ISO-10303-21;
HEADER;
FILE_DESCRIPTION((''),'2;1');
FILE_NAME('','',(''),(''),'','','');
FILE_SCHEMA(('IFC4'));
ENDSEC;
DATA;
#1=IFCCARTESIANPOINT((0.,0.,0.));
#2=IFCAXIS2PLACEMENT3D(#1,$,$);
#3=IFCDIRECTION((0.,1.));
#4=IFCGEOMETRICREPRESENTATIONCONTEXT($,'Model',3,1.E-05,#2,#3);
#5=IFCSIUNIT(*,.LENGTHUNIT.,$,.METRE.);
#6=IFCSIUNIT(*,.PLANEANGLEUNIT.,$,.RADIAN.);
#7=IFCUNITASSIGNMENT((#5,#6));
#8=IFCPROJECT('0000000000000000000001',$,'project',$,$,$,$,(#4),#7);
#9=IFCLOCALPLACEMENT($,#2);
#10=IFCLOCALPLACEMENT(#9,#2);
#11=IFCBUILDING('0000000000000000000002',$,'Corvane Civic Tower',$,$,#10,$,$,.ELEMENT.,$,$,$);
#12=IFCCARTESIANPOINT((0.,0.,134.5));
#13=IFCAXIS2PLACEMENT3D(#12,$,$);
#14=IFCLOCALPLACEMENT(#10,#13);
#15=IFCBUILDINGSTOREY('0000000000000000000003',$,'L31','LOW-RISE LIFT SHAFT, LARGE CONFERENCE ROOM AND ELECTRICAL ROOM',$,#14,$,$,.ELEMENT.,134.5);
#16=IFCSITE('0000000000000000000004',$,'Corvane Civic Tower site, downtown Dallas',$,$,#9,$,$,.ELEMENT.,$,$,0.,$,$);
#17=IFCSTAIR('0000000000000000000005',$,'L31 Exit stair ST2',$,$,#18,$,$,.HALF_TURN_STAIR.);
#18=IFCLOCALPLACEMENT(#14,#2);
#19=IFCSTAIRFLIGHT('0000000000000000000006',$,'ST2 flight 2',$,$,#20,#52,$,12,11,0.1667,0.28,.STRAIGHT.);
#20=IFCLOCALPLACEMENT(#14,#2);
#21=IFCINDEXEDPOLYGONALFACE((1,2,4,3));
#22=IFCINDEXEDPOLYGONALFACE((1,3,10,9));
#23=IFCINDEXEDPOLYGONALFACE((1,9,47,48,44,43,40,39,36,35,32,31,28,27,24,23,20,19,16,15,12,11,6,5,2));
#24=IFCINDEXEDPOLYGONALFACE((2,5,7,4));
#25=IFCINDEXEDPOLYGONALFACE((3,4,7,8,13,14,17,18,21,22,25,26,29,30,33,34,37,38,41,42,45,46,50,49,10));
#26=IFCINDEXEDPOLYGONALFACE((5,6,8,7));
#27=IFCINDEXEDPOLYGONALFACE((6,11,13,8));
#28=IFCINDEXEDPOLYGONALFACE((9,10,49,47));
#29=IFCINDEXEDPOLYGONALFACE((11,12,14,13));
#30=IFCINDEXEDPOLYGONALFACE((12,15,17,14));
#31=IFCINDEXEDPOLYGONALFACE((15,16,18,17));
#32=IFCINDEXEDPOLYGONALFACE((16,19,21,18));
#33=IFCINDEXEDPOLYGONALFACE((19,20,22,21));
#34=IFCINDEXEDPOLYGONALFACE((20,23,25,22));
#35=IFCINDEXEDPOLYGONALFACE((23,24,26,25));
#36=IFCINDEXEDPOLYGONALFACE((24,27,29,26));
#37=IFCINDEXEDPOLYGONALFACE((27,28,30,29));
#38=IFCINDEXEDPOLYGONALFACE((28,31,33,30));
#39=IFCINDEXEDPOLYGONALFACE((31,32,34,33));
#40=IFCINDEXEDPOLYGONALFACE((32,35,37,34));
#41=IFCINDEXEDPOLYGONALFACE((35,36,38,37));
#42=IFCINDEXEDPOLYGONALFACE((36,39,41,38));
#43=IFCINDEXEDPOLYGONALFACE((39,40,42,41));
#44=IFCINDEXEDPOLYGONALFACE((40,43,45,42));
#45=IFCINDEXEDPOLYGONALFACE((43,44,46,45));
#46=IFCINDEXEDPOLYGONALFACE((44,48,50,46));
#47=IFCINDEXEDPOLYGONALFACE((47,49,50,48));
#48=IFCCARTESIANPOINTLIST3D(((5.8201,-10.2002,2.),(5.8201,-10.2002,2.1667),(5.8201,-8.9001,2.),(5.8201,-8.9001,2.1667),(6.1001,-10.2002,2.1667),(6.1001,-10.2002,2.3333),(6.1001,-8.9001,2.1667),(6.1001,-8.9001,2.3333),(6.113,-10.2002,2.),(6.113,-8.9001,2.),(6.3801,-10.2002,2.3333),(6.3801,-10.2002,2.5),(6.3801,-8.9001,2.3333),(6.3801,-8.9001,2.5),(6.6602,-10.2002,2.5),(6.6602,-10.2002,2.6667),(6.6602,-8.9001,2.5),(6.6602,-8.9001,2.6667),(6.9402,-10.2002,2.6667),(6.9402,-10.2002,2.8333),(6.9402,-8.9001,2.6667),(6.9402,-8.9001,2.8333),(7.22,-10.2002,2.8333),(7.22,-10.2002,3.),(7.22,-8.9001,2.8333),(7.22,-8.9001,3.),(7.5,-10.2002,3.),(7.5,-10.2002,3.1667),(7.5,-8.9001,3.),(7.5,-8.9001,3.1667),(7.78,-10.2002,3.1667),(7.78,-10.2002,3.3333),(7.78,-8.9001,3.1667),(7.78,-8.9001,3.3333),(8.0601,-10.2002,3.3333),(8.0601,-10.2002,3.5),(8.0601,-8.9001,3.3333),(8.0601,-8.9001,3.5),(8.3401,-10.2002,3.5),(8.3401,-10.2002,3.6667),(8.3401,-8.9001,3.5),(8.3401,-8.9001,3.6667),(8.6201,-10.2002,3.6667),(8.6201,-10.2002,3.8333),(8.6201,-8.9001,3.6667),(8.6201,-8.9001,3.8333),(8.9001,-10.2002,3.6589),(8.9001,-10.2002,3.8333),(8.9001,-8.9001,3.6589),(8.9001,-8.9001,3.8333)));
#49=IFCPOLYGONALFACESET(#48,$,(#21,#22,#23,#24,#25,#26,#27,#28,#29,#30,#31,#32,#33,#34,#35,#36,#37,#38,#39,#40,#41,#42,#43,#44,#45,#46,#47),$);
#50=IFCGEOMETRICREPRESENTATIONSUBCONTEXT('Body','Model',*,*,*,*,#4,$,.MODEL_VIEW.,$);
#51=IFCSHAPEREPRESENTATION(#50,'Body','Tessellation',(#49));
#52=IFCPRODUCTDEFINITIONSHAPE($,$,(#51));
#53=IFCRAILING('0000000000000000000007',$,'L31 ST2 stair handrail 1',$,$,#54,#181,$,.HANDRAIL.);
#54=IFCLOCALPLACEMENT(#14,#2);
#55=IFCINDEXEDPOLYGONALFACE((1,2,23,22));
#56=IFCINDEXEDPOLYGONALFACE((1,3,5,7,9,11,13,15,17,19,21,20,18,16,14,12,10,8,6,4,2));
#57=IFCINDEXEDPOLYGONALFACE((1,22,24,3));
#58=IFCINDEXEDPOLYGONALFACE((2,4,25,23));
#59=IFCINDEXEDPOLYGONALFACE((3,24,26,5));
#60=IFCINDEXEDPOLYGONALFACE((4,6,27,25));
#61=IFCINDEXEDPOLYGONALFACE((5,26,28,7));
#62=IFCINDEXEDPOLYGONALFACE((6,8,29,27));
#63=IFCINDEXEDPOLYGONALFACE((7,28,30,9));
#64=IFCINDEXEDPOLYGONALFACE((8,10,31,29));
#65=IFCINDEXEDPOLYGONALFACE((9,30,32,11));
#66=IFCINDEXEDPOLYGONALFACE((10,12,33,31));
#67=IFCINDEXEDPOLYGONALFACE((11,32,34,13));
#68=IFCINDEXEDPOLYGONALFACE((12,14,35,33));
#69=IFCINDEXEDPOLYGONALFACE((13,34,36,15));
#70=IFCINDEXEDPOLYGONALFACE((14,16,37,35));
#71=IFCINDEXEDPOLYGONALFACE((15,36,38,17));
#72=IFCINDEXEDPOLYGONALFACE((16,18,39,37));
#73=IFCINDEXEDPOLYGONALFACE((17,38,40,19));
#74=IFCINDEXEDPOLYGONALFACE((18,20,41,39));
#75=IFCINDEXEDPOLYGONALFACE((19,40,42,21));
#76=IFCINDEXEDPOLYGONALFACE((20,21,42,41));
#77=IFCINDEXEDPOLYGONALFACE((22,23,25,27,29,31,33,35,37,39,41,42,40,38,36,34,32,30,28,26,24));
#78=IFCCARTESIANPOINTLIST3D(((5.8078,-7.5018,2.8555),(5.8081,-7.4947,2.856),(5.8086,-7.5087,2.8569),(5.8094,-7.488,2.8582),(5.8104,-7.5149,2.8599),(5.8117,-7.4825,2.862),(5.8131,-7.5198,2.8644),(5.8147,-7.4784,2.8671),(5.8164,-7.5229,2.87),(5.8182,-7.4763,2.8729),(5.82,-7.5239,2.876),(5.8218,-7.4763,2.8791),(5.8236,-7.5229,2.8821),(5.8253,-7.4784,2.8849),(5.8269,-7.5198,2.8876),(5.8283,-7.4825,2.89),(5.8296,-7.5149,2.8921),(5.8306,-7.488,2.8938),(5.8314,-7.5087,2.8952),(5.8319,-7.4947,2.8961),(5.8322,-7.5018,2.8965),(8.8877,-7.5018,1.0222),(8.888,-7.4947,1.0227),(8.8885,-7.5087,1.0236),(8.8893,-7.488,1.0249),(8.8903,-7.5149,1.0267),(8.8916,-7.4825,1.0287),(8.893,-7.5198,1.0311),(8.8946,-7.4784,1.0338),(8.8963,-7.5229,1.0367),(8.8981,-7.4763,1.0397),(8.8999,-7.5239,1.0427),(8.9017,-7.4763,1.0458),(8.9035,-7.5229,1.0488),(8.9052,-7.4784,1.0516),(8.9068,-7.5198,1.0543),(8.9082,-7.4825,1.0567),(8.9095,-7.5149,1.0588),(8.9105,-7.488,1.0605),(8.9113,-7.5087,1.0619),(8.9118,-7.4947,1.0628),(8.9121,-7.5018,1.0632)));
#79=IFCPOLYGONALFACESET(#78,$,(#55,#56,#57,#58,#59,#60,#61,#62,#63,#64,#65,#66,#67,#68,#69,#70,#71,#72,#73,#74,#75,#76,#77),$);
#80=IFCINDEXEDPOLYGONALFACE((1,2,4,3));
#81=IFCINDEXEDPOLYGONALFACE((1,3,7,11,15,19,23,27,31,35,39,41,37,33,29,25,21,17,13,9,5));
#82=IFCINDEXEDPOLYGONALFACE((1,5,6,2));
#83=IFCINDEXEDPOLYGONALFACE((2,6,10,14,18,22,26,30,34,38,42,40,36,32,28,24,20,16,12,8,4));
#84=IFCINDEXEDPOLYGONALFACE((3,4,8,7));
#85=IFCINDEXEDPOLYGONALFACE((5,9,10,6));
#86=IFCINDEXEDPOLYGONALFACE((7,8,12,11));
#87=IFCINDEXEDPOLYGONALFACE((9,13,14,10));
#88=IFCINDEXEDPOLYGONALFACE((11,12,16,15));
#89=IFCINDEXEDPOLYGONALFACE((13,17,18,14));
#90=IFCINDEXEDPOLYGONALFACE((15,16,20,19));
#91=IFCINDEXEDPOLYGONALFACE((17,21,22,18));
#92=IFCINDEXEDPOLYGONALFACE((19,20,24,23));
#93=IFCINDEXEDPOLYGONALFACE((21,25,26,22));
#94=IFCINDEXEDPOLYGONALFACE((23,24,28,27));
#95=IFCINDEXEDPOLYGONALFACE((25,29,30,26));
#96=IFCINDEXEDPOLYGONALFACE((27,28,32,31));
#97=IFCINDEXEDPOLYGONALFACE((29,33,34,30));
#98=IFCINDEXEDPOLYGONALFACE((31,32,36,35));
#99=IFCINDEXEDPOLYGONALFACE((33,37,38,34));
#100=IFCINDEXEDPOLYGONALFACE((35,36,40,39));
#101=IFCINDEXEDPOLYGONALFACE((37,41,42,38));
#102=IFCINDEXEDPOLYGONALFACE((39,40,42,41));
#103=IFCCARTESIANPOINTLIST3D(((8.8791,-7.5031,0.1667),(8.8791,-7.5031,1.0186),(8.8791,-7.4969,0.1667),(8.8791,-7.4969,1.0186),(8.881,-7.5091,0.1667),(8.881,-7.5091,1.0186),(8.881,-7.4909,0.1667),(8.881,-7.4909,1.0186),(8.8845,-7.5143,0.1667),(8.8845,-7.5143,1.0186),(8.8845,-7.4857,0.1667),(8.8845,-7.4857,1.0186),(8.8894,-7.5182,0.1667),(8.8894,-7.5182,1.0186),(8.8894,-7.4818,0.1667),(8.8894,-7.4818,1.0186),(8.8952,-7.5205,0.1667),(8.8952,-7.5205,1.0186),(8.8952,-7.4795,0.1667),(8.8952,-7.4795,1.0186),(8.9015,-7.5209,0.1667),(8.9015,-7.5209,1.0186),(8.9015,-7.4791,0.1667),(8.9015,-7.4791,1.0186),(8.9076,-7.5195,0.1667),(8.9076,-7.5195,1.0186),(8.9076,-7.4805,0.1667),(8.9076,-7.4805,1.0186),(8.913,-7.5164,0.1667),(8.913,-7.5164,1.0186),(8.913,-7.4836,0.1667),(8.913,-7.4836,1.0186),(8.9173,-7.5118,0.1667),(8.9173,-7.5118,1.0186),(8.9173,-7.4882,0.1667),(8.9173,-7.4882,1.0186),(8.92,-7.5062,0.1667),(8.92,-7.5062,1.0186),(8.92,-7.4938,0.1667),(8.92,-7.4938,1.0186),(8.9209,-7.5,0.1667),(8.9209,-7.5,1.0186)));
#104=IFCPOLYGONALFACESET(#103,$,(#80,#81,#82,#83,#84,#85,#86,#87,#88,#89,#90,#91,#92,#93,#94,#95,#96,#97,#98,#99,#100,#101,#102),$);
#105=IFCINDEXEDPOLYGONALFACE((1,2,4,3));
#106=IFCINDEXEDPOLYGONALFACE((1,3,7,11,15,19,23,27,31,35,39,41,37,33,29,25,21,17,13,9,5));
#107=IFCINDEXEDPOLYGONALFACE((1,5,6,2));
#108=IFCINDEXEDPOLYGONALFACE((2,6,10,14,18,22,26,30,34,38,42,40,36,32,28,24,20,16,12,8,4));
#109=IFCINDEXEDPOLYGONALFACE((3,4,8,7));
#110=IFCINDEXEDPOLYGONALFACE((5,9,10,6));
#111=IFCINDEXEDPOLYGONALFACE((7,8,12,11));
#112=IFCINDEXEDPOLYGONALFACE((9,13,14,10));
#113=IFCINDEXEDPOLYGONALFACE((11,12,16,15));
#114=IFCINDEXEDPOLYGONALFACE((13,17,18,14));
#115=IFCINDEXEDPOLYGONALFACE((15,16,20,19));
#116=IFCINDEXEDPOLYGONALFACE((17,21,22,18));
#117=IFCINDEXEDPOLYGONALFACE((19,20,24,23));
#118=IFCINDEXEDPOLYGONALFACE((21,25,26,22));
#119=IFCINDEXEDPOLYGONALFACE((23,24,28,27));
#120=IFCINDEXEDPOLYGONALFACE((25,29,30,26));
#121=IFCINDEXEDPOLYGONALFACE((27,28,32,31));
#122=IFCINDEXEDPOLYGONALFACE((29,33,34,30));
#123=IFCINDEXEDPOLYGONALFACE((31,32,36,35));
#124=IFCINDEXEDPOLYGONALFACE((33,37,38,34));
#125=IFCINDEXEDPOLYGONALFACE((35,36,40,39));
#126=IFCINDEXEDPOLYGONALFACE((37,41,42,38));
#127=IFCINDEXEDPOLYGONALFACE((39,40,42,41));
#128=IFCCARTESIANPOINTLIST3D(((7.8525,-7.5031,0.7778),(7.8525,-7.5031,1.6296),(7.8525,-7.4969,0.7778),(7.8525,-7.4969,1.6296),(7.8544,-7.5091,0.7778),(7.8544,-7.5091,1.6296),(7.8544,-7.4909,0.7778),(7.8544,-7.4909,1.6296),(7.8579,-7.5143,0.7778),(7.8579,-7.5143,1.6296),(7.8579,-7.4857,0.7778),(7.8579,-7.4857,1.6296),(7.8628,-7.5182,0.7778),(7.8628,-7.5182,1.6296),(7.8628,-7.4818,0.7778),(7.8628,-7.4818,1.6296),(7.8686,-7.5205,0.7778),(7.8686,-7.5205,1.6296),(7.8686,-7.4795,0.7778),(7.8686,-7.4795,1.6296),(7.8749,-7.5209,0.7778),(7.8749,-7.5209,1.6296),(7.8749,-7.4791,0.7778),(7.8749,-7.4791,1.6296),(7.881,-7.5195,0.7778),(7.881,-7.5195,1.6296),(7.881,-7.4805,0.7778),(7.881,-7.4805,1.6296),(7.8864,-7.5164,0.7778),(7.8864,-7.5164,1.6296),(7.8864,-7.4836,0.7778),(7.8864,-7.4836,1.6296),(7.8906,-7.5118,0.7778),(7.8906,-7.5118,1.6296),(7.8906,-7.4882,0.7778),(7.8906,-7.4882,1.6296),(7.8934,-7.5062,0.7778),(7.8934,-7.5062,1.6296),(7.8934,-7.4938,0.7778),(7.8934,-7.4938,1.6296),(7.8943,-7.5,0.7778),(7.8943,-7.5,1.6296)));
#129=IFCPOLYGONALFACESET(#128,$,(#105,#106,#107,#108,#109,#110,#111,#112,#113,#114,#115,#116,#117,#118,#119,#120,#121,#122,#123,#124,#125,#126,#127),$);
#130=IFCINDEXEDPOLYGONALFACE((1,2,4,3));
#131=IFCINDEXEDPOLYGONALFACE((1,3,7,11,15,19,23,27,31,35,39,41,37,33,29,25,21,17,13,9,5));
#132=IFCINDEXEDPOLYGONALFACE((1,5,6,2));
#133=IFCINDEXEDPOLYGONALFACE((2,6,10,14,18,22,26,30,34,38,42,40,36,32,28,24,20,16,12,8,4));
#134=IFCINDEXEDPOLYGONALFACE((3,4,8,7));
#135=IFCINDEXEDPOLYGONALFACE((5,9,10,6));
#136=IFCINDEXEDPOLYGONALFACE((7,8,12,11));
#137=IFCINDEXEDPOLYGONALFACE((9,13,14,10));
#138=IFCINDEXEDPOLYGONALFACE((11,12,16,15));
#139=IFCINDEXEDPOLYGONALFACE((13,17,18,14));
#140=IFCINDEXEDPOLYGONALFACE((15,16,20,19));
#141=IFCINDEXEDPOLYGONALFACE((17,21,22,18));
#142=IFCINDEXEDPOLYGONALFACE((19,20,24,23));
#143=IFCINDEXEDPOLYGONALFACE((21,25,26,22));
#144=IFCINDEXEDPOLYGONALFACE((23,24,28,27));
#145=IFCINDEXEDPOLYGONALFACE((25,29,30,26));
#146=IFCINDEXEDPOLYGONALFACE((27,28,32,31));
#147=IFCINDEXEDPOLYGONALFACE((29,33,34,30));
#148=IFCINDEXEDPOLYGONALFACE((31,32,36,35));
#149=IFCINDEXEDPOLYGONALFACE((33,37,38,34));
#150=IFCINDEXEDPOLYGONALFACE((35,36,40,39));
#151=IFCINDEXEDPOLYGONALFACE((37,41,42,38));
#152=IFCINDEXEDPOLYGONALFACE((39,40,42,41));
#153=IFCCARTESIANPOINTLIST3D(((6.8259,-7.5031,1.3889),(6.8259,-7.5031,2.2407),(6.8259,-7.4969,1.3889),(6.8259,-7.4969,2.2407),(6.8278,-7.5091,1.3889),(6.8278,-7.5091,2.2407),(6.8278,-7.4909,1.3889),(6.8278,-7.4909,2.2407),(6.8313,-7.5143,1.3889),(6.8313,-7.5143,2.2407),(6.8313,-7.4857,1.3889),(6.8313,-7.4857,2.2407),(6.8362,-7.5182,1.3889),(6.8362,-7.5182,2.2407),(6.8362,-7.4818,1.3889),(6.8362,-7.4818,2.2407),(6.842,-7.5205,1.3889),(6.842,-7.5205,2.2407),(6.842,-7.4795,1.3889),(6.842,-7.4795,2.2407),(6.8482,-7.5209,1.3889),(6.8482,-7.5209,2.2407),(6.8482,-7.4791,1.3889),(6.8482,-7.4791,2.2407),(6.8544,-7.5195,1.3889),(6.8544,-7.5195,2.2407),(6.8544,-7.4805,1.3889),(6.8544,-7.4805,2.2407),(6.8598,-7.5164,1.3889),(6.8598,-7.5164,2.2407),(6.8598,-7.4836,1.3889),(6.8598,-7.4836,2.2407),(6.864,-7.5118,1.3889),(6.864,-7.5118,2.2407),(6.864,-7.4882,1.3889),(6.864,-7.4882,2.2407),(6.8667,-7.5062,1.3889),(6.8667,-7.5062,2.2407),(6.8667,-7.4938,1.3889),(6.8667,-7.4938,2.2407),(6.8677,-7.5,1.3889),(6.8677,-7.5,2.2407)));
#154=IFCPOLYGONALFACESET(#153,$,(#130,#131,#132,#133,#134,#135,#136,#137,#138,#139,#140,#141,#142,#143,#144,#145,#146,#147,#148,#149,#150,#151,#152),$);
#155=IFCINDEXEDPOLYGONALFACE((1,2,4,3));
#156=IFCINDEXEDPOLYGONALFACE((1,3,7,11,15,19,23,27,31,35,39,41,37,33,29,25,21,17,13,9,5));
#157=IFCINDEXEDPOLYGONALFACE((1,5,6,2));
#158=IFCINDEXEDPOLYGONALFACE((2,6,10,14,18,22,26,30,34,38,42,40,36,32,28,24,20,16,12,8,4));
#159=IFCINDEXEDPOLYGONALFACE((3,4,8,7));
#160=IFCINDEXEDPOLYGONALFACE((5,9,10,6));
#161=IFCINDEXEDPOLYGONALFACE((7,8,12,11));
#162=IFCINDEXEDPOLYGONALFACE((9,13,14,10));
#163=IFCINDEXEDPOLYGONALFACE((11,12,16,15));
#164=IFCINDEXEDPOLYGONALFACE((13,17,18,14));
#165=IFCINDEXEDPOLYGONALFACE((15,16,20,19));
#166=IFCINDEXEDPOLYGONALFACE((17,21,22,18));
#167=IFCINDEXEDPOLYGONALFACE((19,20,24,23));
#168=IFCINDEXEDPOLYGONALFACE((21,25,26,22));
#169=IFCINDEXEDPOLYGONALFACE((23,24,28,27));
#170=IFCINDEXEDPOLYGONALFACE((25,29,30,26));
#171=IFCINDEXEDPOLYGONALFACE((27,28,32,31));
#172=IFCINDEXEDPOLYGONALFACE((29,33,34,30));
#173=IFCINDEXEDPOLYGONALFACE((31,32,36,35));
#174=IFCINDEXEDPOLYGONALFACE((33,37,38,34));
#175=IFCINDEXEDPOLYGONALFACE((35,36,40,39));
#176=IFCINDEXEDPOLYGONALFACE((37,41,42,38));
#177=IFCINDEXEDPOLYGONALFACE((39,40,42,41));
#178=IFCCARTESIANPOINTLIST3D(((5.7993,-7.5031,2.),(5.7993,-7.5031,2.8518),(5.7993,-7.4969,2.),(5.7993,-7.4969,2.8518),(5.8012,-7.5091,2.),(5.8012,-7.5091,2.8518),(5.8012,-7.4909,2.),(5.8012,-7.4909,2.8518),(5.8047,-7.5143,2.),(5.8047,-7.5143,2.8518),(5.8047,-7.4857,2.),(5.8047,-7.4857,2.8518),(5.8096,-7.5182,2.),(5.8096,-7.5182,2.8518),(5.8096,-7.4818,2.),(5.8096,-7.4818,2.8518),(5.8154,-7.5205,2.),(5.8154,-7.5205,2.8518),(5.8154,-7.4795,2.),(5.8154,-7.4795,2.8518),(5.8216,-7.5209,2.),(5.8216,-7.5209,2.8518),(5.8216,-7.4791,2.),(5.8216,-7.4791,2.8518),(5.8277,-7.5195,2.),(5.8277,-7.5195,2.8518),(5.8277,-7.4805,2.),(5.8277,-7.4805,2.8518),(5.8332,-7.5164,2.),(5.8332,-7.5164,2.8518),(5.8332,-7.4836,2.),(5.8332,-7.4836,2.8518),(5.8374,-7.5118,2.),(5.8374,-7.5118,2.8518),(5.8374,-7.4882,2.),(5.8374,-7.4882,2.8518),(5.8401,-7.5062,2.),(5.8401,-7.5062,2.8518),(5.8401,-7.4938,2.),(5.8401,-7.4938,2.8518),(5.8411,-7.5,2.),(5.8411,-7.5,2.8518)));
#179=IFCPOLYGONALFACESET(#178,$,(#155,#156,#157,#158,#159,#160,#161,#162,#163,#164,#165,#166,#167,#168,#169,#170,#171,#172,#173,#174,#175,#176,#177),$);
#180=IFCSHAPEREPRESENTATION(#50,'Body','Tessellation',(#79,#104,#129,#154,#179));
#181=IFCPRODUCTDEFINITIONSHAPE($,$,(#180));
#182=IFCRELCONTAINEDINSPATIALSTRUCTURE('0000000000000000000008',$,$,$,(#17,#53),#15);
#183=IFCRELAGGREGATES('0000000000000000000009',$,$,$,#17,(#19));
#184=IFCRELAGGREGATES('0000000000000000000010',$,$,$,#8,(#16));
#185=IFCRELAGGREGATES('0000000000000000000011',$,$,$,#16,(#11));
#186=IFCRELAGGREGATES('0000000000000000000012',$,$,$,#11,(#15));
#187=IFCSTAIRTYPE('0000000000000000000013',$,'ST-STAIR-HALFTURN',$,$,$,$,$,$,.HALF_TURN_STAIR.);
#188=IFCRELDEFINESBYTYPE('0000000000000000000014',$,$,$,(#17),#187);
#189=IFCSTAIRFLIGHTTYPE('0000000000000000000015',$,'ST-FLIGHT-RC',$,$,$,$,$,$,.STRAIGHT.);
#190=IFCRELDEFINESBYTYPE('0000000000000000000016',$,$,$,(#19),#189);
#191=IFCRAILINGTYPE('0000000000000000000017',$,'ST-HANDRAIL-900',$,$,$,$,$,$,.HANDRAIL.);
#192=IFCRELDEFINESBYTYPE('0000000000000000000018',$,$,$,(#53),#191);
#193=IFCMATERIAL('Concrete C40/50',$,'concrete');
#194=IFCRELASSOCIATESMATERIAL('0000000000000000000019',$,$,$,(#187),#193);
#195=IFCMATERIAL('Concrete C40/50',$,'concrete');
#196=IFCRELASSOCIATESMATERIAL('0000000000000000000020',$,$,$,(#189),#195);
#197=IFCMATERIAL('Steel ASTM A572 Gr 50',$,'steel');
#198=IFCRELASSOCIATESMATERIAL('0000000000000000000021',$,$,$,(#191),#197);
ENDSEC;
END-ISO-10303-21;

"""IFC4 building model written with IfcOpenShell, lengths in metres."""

from ifc_helpers import new_model, si_unit, direction, frame, origin, origin_2d, place, context, subcontext, project, spatial, polyline, circle, outline, extrude, material, type_object, element, aggregate, save


model = new_model("IFC4")

# Units and contexts
model_context = context("Model", 3, precision=1e-05, world=origin(), true_north=direction((0.0, 1.0)))
body_context = subcontext(model_context, "Body", "Model", "MODEL_VIEW")
ifc_project = project(units=[si_unit("LENGTHUNIT", "METRE"), si_unit("PLANEANGLEUNIT", "RADIAN")], contexts=[model_context])

# Site, building, storey
site_placement = place(None, origin())
site = spatial("IfcSite", under=ifc_project, at=site_placement, Name="Corvane Civic Tower site, downtown Dallas", CompositionType="ELEMENT", RefElevation=0.0)
building_placement = place(site_placement, origin())
building = spatial("IfcBuilding", under=site, at=building_placement, Name="Corvane Civic Tower", CompositionType="ELEMENT")
storey_placement = place(building_placement, frame((0.0, 0.0, 134.5)))
storey = spatial("IfcBuildingStorey", under=building, at=storey_placement, Name="L31", Description="LOW-RISE LIFT SHAFT, LARGE CONFERENCE ROOM AND ELECTRICAL ROOM", CompositionType="ELEMENT", Elevation=134.5)

# Stair
ifc_material_1 = material(Name="Concrete C40/50", Category="concrete")
stair_type = type_object("IfcStairType", Name="ST-STAIR-HALFTURN", PredefinedType="HALF_TURN_STAIR", material=ifc_material_1)
stair_1_placement = place(storey_placement, origin())
stair_1 = element("IfcStair", 1, at=stair_1_placement, inside=storey, type_object=stair_type, Name="L31 Exit stair ST2", PredefinedType="HALF_TURN_STAIR")

# Stair flight
ifc_material_2 = material(Name="Concrete C40/50", Category="concrete")
stair_flight_type = type_object("IfcStairFlightType", Name="ST-FLIGHT-RC", PredefinedType="STRAIGHT", material=ifc_material_2)
stair_flight_1_placement = place(storey_placement, frame((5.8201, -9.55, 2.0), z_axis=(0.0, 0.0, 1.0), x_axis=(1.0, 0.0, 0.0)))
stair_flight_1 = element("IfcStairFlight", 2, at=stair_flight_1_placement, type_object=stair_flight_type, Name="ST2 flight 2", NumberOfRisers=12, NumberOfTreads=11, PredefinedType="STRAIGHT", RiserHeight=0.1667, TreadLength=0.28, context=body_context, shape_type="SweptSolid", body=[
    extrude(outline(polyline([(0.0, 0.0), (0.0, 0.1667), (0.28, 0.1667), (0.28, 0.3333), (0.5601, 0.3333), (0.5601, 0.5), (0.8401, 0.5), (0.8401, 0.6667), (1.1201, 0.6667), (1.1201, 0.8333), (1.3999, 0.8333), (1.3999, 1.0), (1.6799, 1.0), (1.6799, 1.1667), (1.96, 1.1667), (1.96, 1.3333), (2.24, 1.3333), (2.24, 1.5), (2.52, 1.5), (2.52, 1.6667), (2.8, 1.6667), (2.8, 1.8333), (3.0801, 1.8333), (3.0801, 2.0), (3.0801, 1.6589), (0.293, 0.0), (0.0, 0.0)])), frame((0.0, 0.6499, 0.0), z_axis=(0.0, -1.0, 0.0), x_axis=(1.0, 0.0, 0.0)), (0.0, 0.0, 1.0), 1.3),
])
aggregate(stair_1, [stair_flight_1])

# Railing
ifc_material_3 = material(Name="Steel ASTM A572 Gr 50", Category="steel")
railing_type_1 = type_object("IfcRailingType", Name="ST-HANDRAIL-900", PredefinedType="HANDRAIL", material=ifc_material_3)
railing_1_placement = place(storey_placement, frame((8.8999, -7.5, 0.1667)))
element("IfcRailing", 3, at=railing_1_placement, inside=storey, type_object=railing_type_1, Name="L31 ST2 stair handrail 1", PredefinedType="HANDRAIL", context=body_context, shape_type="SweptSolid", body=[
    extrude(circle(Radius=0.0239, at=origin_2d()), frame((0.0, 0.0, 0.876), z_axis=(-0.859291, 0.0, 0.511487), x_axis=(0.0, -1.0, 0.0)), (0.0, 0.0, 1.0), 3.5842),
    extrude(circle(Radius=0.021, at=origin_2d()), origin(), (0.0, 0.0, 1.0), 0.8518),
    extrude(circle(Radius=0.021, at=origin_2d()), frame((-1.0266, 0.0, 0.6111)), (0.0, 0.0, 1.0), 0.8518),
    extrude(circle(Radius=0.021, at=origin_2d()), frame((-2.0532, 0.0, 1.2222)), (0.0, 0.0, 1.0), 0.8518),
    extrude(circle(Radius=0.021, at=origin_2d()), frame((-3.0798, 0.0, 1.8333)), (0.0, 0.0, 1.0), 0.8518),
])

save(model, "model.ifc")
